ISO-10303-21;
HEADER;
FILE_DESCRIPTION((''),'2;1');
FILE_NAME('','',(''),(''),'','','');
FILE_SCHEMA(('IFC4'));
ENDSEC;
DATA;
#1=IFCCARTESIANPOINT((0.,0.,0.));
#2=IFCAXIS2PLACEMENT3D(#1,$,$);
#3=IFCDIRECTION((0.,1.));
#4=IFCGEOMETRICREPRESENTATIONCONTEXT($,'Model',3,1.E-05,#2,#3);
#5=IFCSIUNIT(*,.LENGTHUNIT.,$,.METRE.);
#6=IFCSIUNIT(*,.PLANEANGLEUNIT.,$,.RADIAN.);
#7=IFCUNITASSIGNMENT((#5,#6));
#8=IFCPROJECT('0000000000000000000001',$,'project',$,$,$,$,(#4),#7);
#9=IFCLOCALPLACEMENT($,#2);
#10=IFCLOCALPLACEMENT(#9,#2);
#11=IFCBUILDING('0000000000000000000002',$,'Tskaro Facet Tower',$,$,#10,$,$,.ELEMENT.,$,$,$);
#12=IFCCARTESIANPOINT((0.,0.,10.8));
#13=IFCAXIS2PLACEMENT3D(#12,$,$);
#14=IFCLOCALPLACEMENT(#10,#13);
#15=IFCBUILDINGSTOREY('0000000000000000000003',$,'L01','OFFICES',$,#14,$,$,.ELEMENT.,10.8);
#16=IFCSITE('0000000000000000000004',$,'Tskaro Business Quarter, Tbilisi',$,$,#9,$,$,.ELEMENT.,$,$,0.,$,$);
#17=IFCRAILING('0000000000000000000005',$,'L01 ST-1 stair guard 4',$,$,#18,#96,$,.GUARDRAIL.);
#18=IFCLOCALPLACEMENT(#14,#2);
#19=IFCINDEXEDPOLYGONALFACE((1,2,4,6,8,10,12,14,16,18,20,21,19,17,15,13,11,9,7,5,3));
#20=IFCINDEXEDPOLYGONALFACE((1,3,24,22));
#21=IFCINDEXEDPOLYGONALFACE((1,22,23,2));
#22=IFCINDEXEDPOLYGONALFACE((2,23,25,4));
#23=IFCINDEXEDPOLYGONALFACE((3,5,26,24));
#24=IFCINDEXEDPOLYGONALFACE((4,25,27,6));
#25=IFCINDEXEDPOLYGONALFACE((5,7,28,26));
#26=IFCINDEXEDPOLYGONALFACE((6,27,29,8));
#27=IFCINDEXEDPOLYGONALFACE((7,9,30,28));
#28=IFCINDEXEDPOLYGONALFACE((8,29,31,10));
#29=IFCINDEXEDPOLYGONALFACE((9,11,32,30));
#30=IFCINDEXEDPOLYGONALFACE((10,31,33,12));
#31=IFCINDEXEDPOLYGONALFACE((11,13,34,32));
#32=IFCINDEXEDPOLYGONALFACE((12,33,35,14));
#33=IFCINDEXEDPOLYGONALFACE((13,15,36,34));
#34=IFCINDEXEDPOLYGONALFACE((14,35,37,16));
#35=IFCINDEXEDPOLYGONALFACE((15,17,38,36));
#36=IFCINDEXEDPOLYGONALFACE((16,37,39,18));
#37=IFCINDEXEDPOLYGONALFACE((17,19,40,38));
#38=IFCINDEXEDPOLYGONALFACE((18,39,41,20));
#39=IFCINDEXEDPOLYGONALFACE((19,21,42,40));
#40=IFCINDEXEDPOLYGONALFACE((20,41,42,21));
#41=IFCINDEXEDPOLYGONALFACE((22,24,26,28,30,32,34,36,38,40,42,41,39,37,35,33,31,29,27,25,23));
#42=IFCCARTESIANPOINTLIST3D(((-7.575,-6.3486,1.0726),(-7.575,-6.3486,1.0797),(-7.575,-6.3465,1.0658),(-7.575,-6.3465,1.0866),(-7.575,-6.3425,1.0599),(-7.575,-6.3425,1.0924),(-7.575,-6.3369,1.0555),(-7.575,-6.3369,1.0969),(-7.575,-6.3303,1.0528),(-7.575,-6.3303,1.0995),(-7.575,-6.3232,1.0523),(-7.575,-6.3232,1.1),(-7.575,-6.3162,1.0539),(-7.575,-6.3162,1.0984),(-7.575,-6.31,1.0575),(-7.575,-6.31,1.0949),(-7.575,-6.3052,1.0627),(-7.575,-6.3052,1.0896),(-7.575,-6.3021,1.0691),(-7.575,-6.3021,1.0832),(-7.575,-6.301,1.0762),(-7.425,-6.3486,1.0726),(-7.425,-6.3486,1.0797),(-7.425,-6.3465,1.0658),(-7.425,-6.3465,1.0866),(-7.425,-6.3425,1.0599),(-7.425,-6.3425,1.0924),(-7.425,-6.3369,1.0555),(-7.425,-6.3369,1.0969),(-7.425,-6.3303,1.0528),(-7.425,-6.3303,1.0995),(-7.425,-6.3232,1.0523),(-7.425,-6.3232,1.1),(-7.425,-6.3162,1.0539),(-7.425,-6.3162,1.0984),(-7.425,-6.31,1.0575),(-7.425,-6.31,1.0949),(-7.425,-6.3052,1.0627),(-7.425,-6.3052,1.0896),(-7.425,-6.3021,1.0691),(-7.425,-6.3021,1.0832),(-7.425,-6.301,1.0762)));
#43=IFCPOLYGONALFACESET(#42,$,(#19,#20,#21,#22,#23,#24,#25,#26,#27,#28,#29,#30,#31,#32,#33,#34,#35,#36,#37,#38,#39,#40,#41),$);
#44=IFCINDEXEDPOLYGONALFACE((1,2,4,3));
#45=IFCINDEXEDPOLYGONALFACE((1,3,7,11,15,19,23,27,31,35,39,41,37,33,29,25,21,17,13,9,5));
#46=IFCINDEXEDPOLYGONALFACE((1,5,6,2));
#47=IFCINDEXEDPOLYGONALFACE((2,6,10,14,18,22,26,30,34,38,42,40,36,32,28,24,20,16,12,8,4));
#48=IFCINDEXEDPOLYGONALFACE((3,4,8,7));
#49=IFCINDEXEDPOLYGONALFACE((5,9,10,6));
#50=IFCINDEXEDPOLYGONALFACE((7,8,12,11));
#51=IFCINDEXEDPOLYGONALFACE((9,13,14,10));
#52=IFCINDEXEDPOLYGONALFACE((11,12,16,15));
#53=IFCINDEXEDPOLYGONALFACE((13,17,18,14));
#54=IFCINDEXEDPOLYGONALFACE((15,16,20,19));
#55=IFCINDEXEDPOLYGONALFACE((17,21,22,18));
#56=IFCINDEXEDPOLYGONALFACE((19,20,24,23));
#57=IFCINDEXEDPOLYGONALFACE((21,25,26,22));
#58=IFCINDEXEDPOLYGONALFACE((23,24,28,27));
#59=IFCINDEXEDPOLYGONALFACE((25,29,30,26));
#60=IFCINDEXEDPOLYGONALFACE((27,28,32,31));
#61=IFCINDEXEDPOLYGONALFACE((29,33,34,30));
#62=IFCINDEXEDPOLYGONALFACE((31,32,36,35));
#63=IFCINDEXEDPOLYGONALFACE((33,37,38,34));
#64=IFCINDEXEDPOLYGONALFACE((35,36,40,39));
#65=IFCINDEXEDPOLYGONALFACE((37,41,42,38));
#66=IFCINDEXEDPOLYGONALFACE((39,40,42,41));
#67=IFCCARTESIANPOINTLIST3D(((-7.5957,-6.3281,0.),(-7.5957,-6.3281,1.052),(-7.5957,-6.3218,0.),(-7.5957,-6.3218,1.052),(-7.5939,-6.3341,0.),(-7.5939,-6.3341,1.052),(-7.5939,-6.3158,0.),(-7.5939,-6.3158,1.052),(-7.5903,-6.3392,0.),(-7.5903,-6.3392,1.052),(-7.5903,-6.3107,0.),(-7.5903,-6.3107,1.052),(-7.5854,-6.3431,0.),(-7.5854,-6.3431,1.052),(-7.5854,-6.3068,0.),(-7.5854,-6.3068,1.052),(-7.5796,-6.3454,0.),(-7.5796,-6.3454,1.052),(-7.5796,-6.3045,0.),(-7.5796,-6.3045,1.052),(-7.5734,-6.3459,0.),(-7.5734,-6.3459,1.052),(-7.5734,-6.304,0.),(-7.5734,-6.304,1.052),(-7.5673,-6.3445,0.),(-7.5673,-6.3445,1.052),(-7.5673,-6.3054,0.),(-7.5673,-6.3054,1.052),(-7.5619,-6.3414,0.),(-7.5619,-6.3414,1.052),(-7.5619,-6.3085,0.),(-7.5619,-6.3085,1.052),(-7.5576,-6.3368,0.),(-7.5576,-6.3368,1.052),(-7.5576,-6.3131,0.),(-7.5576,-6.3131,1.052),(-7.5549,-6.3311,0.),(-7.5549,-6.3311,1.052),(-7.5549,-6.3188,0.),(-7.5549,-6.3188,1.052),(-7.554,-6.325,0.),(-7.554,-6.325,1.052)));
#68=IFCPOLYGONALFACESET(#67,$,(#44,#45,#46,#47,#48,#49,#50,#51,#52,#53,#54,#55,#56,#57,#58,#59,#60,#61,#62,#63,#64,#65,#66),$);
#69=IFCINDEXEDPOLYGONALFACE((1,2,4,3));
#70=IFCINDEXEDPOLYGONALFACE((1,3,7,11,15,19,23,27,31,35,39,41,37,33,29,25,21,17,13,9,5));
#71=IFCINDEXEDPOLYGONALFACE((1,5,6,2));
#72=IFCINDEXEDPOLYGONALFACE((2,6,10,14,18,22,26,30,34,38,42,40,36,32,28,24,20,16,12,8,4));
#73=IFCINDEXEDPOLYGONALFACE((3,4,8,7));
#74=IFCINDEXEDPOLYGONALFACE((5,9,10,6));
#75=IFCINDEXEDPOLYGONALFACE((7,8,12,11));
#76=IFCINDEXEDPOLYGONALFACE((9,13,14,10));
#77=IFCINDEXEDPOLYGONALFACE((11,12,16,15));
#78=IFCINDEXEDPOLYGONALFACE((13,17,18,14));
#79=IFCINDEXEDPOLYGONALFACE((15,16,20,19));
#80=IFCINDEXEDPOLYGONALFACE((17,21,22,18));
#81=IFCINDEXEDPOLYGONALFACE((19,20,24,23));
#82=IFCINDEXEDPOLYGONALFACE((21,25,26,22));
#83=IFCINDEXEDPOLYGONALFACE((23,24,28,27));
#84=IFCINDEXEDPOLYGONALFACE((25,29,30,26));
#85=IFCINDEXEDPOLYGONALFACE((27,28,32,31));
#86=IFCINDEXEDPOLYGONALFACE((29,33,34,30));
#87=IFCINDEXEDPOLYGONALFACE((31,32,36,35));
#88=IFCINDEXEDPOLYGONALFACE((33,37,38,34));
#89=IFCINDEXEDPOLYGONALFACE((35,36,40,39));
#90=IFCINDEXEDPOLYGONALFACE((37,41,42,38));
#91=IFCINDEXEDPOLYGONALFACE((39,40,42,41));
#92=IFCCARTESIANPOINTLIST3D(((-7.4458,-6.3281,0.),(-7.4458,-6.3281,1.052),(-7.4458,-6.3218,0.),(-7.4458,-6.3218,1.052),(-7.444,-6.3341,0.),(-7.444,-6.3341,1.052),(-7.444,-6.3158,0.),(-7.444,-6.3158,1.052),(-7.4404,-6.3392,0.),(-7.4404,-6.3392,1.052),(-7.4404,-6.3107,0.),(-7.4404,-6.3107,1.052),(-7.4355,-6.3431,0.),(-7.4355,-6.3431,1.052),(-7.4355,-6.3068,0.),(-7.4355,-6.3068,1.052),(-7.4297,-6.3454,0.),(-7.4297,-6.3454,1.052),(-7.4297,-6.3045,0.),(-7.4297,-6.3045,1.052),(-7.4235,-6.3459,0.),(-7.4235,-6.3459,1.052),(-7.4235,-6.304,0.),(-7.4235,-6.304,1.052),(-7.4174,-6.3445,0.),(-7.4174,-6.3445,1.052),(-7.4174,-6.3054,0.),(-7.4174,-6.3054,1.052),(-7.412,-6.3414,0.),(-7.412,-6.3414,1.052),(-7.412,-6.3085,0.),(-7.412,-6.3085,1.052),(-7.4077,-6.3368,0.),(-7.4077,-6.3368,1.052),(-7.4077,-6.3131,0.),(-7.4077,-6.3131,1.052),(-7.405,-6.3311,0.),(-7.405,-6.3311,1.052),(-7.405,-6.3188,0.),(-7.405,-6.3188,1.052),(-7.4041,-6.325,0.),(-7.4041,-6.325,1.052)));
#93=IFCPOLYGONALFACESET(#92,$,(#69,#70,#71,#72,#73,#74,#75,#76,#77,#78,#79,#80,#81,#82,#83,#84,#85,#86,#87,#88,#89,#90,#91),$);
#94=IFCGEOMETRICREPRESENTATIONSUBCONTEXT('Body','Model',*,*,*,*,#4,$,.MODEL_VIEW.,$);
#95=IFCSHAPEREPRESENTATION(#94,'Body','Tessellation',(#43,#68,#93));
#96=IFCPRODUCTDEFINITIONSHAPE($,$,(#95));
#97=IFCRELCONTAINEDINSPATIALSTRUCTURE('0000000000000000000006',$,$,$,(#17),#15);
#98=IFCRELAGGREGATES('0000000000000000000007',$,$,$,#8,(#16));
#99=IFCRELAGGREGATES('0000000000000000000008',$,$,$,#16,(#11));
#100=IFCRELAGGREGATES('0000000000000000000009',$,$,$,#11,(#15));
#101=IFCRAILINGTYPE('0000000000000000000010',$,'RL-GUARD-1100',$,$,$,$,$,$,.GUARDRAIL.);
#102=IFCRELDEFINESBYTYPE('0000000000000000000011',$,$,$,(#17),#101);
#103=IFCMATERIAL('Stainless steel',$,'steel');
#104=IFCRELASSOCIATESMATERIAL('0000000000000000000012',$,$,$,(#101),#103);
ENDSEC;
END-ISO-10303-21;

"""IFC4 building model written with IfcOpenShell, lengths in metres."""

from ifc_helpers import new_model, si_unit, direction, frame, origin, origin_2d, place, context, subcontext, project, spatial, circle, extrude, material, type_object, element, save


model = new_model("IFC4")

# Units and contexts
model_context = context("Model", 3, precision=1e-05, world=origin(), true_north=direction((0.0, 1.0)))
body_context = subcontext(model_context, "Body", "Model", "MODEL_VIEW")
ifc_project = project(units=[si_unit("LENGTHUNIT", "METRE"), si_unit("PLANEANGLEUNIT", "RADIAN")], contexts=[model_context])

# Site, building, storey
site_placement = place(None, origin())
site = spatial("IfcSite", under=ifc_project, at=site_placement, Name="Tskaro Business Quarter, Tbilisi", CompositionType="ELEMENT", RefElevation=0.0)
building_placement = place(site_placement, origin())
building = spatial("IfcBuilding", under=site, at=building_placement, Name="Tskaro Facet Tower", CompositionType="ELEMENT")
storey_placement = place(building_placement, frame((0.0, 0.0, 10.8)))
storey = spatial("IfcBuildingStorey", under=building, at=storey_placement, Name="L01", Description="OFFICES", CompositionType="ELEMENT", Elevation=10.8)

# Shared definitions
ifc_material_1 = material(Name="Stainless steel", Category="steel")

# Railing
railing_type_1 = type_object("IfcRailingType", Name="RL-GUARD-1100", PredefinedType="GUARDRAIL", material=ifc_material_1)
railing_1_placement = place(storey_placement, frame((-7.575, -6.325, 0.0)))
element("IfcRailing", 1, at=railing_1_placement, inside=storey, type_object=railing_type_1, Name="L01 ST-1 stair guard 4", PredefinedType="GUARDRAIL", context=body_context, shape_type="SweptSolid", body=[
    extrude(circle(Radius=0.0239, at=origin_2d()), frame((0.0, 0.0, 1.0762), z_axis=(1.0, 0.0, 0.0), x_axis=(0.0, 1.0, 0.0)), (0.0, 0.0, 1.0), 0.1499),
    extrude(circle(Radius=0.021, at=origin_2d()), origin(), (0.0, 0.0, 1.0), 1.052),
    extrude(circle(Radius=0.021, at=origin_2d()), frame((0.1499, 0.0, 0.0)), (0.0, 0.0, 1.0), 1.052),
])

save(model, "model.ifc")
